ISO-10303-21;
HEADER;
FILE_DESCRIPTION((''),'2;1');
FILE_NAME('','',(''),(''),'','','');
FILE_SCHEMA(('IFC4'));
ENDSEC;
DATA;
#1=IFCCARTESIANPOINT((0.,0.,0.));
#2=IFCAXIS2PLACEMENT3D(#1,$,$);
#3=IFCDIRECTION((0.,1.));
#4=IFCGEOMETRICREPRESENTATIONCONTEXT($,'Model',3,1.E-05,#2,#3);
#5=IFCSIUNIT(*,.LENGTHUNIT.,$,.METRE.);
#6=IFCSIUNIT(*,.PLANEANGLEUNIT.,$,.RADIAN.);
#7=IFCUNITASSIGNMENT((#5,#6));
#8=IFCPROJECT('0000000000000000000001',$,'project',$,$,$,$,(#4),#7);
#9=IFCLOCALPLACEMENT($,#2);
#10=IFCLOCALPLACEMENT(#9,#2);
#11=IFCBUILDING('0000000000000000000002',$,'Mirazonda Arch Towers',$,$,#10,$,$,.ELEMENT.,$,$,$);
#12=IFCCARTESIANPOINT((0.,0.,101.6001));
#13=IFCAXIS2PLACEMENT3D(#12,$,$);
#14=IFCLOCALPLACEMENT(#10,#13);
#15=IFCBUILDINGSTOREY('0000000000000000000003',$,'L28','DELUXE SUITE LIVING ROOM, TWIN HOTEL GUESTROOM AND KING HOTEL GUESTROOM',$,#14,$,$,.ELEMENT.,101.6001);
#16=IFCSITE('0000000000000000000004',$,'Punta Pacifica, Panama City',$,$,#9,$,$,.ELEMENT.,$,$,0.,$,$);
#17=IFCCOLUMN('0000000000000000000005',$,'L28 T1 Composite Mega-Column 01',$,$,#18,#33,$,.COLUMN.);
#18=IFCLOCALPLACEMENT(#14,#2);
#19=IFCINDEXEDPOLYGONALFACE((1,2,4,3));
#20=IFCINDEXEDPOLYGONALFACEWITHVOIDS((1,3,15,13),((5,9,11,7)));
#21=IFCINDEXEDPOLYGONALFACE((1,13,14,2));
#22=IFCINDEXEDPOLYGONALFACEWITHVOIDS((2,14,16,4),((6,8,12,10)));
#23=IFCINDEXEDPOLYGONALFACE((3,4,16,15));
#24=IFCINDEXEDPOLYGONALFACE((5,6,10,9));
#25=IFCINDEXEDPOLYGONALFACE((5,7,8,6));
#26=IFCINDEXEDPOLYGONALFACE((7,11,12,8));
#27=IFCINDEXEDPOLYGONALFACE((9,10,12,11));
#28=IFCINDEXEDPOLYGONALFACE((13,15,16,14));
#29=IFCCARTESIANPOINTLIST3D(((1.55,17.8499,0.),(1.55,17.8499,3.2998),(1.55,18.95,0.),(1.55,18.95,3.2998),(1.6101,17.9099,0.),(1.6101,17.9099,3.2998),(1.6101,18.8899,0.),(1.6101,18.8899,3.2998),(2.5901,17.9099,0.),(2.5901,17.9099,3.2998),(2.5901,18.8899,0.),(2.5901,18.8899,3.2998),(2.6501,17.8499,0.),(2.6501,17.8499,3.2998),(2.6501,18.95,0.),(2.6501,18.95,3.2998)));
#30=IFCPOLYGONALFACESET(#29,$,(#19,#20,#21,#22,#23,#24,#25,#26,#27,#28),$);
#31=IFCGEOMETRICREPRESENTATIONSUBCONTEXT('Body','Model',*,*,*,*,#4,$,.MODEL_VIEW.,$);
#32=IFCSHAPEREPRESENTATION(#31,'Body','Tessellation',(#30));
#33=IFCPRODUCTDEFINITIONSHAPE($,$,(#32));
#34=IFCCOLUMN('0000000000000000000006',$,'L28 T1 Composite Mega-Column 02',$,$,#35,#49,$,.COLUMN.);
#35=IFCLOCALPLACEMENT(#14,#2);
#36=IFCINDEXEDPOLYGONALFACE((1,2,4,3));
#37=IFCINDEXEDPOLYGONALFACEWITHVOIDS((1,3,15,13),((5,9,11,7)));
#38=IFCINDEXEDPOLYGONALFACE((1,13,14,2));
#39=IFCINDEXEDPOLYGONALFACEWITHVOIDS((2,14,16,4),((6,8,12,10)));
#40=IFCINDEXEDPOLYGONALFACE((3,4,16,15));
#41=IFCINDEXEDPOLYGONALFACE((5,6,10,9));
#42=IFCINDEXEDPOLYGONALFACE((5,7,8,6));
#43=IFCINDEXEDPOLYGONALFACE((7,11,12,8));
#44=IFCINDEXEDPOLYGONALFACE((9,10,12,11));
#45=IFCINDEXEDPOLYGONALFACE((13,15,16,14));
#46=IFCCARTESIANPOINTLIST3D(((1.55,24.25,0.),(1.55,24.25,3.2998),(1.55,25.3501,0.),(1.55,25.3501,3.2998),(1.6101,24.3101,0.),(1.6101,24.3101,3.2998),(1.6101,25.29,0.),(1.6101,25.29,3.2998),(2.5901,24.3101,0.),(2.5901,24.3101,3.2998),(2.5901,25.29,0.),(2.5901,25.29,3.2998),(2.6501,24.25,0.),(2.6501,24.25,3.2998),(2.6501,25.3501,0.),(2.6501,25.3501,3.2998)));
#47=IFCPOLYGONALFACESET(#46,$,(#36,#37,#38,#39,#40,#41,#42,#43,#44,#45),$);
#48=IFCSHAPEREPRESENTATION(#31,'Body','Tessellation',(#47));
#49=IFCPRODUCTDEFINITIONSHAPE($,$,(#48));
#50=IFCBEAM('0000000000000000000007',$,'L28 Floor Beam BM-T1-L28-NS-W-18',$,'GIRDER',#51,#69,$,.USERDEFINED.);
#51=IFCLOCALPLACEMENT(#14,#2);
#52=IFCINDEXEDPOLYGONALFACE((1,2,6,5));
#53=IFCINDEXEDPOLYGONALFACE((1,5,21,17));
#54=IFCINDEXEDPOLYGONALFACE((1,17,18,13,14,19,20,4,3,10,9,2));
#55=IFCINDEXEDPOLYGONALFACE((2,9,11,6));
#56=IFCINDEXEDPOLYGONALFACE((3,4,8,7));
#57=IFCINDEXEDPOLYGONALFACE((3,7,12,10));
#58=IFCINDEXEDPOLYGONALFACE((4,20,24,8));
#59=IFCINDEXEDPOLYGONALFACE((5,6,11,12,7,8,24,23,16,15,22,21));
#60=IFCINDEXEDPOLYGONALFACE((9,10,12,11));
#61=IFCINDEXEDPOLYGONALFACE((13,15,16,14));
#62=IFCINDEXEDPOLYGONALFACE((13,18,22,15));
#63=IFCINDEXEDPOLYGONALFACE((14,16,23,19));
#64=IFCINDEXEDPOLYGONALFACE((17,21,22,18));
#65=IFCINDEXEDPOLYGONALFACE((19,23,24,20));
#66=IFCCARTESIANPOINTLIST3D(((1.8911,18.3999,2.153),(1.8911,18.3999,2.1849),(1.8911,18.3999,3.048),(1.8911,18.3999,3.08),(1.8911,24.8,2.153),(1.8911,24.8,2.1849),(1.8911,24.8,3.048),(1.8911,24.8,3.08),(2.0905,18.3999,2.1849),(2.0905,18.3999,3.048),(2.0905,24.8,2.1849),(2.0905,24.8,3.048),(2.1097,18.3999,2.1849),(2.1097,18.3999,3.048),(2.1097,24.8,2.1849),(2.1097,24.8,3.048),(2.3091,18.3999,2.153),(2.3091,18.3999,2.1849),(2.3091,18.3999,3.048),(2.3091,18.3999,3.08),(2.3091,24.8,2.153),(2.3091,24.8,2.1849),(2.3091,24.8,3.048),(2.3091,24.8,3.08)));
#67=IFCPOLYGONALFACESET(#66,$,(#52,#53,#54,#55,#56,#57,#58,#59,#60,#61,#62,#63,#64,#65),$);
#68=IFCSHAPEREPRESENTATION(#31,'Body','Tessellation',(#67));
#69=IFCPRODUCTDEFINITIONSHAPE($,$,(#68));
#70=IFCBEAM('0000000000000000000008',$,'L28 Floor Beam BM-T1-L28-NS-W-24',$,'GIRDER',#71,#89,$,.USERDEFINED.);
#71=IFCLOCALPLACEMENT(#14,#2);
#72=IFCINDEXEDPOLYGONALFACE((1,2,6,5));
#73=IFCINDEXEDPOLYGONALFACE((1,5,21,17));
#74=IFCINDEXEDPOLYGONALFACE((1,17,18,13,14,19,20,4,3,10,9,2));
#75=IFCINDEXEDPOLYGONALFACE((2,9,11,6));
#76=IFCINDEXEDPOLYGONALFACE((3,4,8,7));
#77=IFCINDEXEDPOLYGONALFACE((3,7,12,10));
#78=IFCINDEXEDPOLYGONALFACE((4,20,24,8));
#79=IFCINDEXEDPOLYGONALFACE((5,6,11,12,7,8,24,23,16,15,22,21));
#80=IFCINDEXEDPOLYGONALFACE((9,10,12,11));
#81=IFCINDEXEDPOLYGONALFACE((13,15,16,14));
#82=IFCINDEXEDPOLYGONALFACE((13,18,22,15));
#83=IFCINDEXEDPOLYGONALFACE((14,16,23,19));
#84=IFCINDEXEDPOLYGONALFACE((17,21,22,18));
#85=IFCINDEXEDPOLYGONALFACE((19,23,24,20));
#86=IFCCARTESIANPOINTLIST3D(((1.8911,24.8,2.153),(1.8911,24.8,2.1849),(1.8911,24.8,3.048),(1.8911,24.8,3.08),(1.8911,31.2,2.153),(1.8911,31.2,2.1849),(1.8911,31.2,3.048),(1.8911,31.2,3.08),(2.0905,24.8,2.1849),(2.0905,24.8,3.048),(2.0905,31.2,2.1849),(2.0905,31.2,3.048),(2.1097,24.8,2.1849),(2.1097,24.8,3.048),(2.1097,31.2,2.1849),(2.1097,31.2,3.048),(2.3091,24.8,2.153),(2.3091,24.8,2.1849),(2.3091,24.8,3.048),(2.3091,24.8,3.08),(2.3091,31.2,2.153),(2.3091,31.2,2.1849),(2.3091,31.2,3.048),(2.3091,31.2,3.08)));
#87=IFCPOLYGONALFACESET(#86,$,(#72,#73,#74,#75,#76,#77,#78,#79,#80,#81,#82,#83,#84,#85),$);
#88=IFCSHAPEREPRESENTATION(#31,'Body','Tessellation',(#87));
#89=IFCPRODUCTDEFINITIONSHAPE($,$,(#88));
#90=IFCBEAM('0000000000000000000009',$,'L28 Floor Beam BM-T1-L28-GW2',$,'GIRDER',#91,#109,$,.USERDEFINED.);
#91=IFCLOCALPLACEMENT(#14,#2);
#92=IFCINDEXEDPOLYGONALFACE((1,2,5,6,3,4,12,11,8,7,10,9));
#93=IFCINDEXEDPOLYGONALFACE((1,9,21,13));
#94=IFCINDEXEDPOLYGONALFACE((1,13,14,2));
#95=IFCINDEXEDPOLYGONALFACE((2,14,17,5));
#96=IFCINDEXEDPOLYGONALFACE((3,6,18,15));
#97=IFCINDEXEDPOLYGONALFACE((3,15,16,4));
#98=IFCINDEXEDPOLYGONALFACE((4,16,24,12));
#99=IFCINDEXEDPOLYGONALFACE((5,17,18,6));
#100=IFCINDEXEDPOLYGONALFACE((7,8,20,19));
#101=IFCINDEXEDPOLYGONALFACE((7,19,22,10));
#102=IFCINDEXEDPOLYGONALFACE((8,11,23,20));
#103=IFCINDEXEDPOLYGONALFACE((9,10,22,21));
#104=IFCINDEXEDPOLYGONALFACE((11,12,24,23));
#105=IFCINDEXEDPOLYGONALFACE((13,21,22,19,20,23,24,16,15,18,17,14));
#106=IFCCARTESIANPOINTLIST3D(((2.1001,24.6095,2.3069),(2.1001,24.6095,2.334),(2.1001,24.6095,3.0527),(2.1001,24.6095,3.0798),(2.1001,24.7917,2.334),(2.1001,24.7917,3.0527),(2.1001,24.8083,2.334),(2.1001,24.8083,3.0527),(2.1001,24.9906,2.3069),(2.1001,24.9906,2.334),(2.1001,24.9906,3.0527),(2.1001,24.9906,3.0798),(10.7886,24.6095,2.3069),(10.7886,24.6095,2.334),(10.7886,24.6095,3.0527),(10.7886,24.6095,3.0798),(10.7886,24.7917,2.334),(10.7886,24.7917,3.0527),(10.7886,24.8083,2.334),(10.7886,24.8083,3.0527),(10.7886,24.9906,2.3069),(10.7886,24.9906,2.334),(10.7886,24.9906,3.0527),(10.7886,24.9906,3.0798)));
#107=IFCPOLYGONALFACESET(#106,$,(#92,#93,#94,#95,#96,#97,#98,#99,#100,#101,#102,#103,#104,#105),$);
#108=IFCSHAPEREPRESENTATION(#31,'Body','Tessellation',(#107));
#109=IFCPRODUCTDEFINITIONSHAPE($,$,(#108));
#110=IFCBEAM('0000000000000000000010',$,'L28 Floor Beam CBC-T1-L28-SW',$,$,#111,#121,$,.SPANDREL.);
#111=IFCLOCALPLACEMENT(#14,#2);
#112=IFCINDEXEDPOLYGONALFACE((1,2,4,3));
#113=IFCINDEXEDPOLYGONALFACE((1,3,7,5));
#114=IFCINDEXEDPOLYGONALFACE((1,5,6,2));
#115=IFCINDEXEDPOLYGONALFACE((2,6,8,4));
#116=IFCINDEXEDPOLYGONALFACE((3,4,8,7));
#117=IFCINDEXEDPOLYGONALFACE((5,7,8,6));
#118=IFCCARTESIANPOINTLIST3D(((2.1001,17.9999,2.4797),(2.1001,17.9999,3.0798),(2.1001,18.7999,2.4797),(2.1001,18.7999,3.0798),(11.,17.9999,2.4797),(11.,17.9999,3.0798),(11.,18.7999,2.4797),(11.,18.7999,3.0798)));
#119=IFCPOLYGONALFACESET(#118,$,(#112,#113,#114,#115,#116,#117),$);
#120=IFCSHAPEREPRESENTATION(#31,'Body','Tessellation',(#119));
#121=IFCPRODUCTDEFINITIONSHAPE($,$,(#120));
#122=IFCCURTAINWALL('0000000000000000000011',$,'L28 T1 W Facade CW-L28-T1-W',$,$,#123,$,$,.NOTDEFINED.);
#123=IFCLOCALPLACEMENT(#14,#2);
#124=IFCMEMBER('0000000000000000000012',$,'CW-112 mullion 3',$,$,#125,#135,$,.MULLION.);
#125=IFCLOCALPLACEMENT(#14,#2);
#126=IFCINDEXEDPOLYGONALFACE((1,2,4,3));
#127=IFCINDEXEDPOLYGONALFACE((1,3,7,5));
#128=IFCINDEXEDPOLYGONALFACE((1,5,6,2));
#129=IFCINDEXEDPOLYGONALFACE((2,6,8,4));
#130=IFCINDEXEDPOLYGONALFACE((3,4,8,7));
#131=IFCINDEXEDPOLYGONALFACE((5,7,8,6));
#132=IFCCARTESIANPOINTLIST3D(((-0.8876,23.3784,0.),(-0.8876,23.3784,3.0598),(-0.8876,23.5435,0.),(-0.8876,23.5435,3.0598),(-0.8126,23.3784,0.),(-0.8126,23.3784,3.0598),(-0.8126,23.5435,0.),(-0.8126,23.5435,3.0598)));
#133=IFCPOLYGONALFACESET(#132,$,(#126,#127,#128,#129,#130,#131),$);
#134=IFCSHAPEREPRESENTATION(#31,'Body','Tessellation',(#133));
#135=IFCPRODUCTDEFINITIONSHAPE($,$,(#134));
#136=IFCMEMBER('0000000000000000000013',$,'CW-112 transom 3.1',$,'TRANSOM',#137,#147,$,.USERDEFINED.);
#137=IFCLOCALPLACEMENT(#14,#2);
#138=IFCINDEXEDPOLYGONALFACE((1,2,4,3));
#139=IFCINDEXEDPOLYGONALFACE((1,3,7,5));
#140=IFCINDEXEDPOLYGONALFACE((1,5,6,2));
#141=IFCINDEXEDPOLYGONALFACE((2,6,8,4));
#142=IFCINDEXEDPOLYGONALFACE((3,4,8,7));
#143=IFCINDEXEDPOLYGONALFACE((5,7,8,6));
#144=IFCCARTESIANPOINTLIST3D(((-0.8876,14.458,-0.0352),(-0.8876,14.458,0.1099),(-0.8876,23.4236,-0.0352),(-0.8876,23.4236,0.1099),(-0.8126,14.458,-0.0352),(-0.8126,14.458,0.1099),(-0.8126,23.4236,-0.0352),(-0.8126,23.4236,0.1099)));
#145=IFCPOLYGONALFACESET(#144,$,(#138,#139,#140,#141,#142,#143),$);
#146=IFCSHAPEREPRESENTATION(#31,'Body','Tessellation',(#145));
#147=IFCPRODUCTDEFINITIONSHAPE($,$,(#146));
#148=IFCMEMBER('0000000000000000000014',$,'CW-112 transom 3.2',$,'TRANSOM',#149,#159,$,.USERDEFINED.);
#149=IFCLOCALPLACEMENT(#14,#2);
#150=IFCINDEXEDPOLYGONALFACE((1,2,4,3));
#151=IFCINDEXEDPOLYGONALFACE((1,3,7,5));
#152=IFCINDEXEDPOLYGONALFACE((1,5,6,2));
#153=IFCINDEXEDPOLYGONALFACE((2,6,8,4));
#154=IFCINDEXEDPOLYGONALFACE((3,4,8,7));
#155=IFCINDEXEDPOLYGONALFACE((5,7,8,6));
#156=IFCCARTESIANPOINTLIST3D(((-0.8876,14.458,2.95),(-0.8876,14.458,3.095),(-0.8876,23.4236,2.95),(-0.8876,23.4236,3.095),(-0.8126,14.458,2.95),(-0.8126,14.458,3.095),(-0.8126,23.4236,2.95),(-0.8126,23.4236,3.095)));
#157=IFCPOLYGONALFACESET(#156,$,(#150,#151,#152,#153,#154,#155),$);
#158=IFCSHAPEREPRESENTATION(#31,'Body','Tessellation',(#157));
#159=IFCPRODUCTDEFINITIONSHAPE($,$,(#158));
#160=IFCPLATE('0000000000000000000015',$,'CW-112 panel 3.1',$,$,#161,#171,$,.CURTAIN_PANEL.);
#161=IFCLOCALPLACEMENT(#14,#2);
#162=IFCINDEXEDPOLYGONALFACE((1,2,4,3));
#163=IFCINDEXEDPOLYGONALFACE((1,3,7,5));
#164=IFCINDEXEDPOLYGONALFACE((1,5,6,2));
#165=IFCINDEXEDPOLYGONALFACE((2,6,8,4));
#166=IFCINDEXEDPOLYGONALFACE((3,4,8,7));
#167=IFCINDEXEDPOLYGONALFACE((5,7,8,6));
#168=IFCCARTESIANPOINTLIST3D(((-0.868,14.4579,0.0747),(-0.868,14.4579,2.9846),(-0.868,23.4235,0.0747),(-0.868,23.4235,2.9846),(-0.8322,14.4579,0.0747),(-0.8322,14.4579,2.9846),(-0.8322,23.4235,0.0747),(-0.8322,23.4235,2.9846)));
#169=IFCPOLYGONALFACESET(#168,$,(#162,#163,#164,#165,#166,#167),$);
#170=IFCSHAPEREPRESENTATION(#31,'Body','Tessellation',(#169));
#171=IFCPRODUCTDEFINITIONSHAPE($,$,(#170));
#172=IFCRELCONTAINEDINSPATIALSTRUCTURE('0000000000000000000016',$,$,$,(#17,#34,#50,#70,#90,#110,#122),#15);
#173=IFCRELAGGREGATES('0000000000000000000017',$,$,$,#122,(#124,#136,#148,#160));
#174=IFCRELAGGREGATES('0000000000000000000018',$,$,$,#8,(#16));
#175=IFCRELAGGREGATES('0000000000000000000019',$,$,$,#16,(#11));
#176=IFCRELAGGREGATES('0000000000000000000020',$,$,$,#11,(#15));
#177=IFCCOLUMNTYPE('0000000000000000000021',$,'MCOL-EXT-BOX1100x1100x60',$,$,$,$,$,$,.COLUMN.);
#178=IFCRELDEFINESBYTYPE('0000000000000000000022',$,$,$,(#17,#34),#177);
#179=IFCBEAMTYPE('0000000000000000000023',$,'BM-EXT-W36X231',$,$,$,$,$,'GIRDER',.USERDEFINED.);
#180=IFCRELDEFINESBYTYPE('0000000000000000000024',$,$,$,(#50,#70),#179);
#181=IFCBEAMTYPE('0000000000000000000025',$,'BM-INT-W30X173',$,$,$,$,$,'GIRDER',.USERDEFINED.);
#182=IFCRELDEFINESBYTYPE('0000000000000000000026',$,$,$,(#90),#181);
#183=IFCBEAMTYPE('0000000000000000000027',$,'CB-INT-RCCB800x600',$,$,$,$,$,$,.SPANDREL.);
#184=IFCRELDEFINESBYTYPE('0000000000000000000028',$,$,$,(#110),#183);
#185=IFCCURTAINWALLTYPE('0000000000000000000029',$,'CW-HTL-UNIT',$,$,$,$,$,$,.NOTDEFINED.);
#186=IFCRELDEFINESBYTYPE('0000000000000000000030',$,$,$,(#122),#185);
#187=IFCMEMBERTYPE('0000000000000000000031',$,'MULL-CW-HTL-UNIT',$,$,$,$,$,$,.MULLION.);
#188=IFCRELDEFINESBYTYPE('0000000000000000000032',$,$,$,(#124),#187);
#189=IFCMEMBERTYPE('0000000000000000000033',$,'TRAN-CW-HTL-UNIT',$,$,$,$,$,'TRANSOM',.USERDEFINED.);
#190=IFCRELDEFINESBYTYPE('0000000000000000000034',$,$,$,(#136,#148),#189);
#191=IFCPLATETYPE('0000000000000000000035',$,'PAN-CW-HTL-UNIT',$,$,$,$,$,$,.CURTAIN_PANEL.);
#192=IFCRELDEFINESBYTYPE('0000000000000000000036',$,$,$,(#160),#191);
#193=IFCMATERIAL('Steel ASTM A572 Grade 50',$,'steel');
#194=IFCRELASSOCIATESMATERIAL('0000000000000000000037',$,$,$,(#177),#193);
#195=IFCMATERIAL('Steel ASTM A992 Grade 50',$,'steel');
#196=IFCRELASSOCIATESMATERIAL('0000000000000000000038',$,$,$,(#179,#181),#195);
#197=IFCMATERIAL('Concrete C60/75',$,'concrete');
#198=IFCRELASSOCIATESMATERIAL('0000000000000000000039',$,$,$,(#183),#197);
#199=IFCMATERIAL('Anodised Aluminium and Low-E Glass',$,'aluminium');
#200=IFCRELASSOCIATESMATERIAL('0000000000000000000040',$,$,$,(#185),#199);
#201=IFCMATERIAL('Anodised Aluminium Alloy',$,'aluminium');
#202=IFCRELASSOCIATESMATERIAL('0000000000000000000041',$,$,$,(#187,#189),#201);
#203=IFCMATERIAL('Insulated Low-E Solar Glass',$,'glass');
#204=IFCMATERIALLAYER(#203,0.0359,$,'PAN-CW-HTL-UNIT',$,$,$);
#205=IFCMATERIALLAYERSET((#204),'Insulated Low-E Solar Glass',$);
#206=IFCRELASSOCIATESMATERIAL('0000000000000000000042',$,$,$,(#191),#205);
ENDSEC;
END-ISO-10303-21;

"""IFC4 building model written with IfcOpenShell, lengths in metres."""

from ifc_helpers import new_model, si_unit, direction, frame, origin, origin_2d, place, context, subcontext, project, spatial, rectangle, hollow_rectangle, i_section, extrude, material, layer, layer_set, material_profile, profile_set, type_object, element, aggregate, save


model = new_model("IFC4")

# Units and contexts
model_context = context("Model", 3, precision=1e-05, world=origin(), true_north=direction((0.0, 1.0)))
body_context = subcontext(model_context, "Body", "Model", "MODEL_VIEW")
ifc_project = project(units=[si_unit("LENGTHUNIT", "METRE"), si_unit("PLANEANGLEUNIT", "RADIAN")], contexts=[model_context])

# Site, building, storey
site_placement = place(None, origin())
site = spatial("IfcSite", under=ifc_project, at=site_placement, Name="Punta Pacifica, Panama City", CompositionType="ELEMENT", RefElevation=0.0)
building_placement = place(site_placement, origin())
building = spatial("IfcBuilding", under=site, at=building_placement, Name="Mirazonda Arch Towers", CompositionType="ELEMENT")
storey_placement = place(building_placement, frame((0.0, 0.0, 101.6001)))
storey = spatial("IfcBuildingStorey", under=building, at=storey_placement, Name="L28", Description="DELUXE SUITE LIVING ROOM, TWIN HOTEL GUESTROOM AND KING HOTEL GUESTROOM", CompositionType="ELEMENT", Elevation=101.6001)

# Columns
ifc_material_1 = material(Name="Steel ASTM A572 Grade 50", Category="steel")
ifc_material_profile_1 = material_profile(ifc_material_1, hollow_rectangle(XDim=1.1001, YDim=1.1001, WallThickness=0.0601, at=origin_2d()), Name="BOX1100x1100x60")
ifc_profile_set_1 = profile_set([ifc_material_profile_1], Name="Steel ASTM A572 Grade 50")
column_type = type_object("IfcColumnType", Name="MCOL-EXT-BOX1100x1100x60", PredefinedType="COLUMN", material=ifc_profile_set_1)
for number, where, z_axis, x_axis, name in (
    (1, (2.1001, 18.3999, 0.0), (0.0, 0.0, 1.0), (1.0, 0.0, 0.0), "L28 T1 Composite Mega-Column 01"),
    (2, (2.1001, 24.8, 0.0), (0.0, 0.0, 1.0), (1.0, 0.0, 0.0), "L28 T1 Composite Mega-Column 02"),
):
    element("IfcColumn", number, at=place(storey_placement, frame(where, z_axis=z_axis, x_axis=x_axis)), inside=storey, type_object=column_type, Name=name, PredefinedType="COLUMN", context=body_context, shape_type="SweptSolid", body=[
        extrude(hollow_rectangle(XDim=1.1001, YDim=1.1001, WallThickness=0.0601, at=origin_2d()), origin(), (0.0, 0.0, 1.0), 3.2998),
    ])

# Beams
ifc_material_2 = material(Name="Steel ASTM A992 Grade 50", Category="steel")
ifc_material_profile_2 = material_profile(ifc_material_2, i_section(OverallWidth=0.418, OverallDepth=0.927, WebThickness=0.0193, FlangeThickness=0.032, at=origin_2d()), Name="W36X231")
ifc_profile_set_2 = profile_set([ifc_material_profile_2], Name="Steel ASTM A992 Grade 50")
beam_type_1 = type_object("IfcBeamType", Name="BM-EXT-W36X231", ElementType="GIRDER", PredefinedType="USERDEFINED", material=ifc_profile_set_2)
beam_1_placement = place(storey_placement, frame((2.1001, 18.3999, 2.6165), z_axis=(0.0, 1.0, 0.0), x_axis=(-1.0, 0.0, 0.0)))
element("IfcBeam", 3, at=beam_1_placement, inside=storey, type_object=beam_type_1, Name="L28 Floor Beam BM-T1-L28-NS-W-18", ObjectType="GIRDER", PredefinedType="USERDEFINED", context=body_context, shape_type="SweptSolid", body=[
    extrude(i_section(OverallWidth=0.418, OverallDepth=0.927, WebThickness=0.0193, FlangeThickness=0.032, at=origin_2d()), origin(), (0.0, 0.0, 1.0), 6.4001),
])
beam_2_placement = place(storey_placement, frame((2.1001, 24.8, 2.6165), z_axis=(0.0, 1.0, 0.0), x_axis=(-1.0, 0.0, 0.0)))
element("IfcBeam", 4, at=beam_2_placement, inside=storey, type_object=beam_type_1, Name="L28 Floor Beam BM-T1-L28-NS-W-24", ObjectType="GIRDER", PredefinedType="USERDEFINED", context=body_context, shape_type="SweptSolid", body=[
    extrude(i_section(OverallWidth=0.418, OverallDepth=0.927, WebThickness=0.0193, FlangeThickness=0.032, at=origin_2d()), origin(), (0.0, 0.0, 1.0), 6.3999),
])
ifc_material_profile_3 = material_profile(ifc_material_2, i_section(OverallWidth=0.3811, OverallDepth=0.7729, WebThickness=0.0166, FlangeThickness=0.0271, at=origin_2d()), Name="W30X173")
ifc_profile_set_3 = profile_set([ifc_material_profile_3], Name="Steel ASTM A992 Grade 50")
beam_type_2 = type_object("IfcBeamType", Name="BM-INT-W30X173", ElementType="GIRDER", PredefinedType="USERDEFINED", material=ifc_profile_set_3)
beam_3_placement = place(storey_placement, frame((2.1001, 24.8, 2.6934), z_axis=(1.0, 0.0, 0.0), x_axis=(0.0, 1.0, 0.0)))
element("IfcBeam", 5, at=beam_3_placement, inside=storey, type_object=beam_type_2, Name="L28 Floor Beam BM-T1-L28-GW2", ObjectType="GIRDER", PredefinedType="USERDEFINED", context=body_context, shape_type="SweptSolid", body=[
    extrude(i_section(OverallWidth=0.3811, OverallDepth=0.7729, WebThickness=0.0166, FlangeThickness=0.0271, at=origin_2d()), origin(), (0.0, 0.0, 1.0), 8.6885),
])
ifc_material_3 = material(Name="Concrete C60/75", Category="concrete")
ifc_material_profile_4 = material_profile(ifc_material_3, rectangle(XDim=0.8, YDim=0.6001, at=origin_2d()), Name="RCCB800x600")
ifc_profile_set_4 = profile_set([ifc_material_profile_4], Name="Concrete C60/75")
beam_type_3 = type_object("IfcBeamType", Name="CB-INT-RCCB800x600", PredefinedType="SPANDREL", material=ifc_profile_set_4)
beam_4_placement = place(storey_placement, frame((2.1001, 18.3999, 2.7798), z_axis=(1.0, 0.0, 0.0), x_axis=(0.0, 1.0, 0.0)))
element("IfcBeam", 6, at=beam_4_placement, inside=storey, type_object=beam_type_3, Name="L28 Floor Beam CBC-T1-L28-SW", PredefinedType="SPANDREL", context=body_context, shape_type="SweptSolid", body=[
    extrude(rectangle(XDim=0.8, YDim=0.6001, at=origin_2d()), origin(), (0.0, 0.0, 1.0), 8.8999),
])

# Curtain wall, members, plate
ifc_material_4 = material(Name="Anodised Aluminium and Low-E Glass", Category="aluminium")
curtain_wall_type = type_object("IfcCurtainWallType", Name="CW-HTL-UNIT", PredefinedType="NOTDEFINED", material=ifc_material_4)
curtain_wall_placement = place(storey_placement, origin())
curtain_wall = element("IfcCurtainWall", 7, at=curtain_wall_placement, inside=storey, type_object=curtain_wall_type, Name="L28 T1 W Facade CW-L28-T1-W", PredefinedType="NOTDEFINED")
ifc_material_5 = material(Name="Anodised Aluminium Alloy", Category="aluminium")
ifc_material_profile_5 = material_profile(ifc_material_5, rectangle(XDim=0.075, YDim=0.165, at=origin_2d()), Name="ALU-MULL-75x165")
ifc_profile_set_5 = profile_set([ifc_material_profile_5], Name="Anodised Aluminium Alloy")
member_type_1 = type_object("IfcMemberType", Name="MULL-CW-HTL-UNIT", PredefinedType="MULLION", material=ifc_profile_set_5)
member_1_placement = place(storey_placement, frame((-0.8501, 23.4609, 0.0), z_axis=(0.0, 0.0, 1.0), x_axis=(1.0, 0.0, 0.0)))
member_1 = element("IfcMember", 8, at=member_1_placement, type_object=member_type_1, Name="CW-112 mullion 3", PredefinedType="MULLION", context=body_context, shape_type="SweptSolid", body=[
    extrude(rectangle(XDim=0.075, YDim=0.165, at=origin_2d()), origin(), (0.0, 0.0, 1.0), 3.0598),
])
ifc_material_profile_6 = material_profile(ifc_material_5, rectangle(XDim=0.075, YDim=0.145, at=origin_2d()), Name="ALU-TRAN-75x145")
ifc_profile_set_6 = profile_set([ifc_material_profile_6], Name="Anodised Aluminium Alloy")
member_type_2 = type_object("IfcMemberType", Name="TRAN-CW-HTL-UNIT", ElementType="TRANSOM", PredefinedType="USERDEFINED", material=ifc_profile_set_6)
member_2_placement = place(storey_placement, frame((-0.8501, 23.4236, 0.0374), z_axis=(0.0, -1.0, 0.0), x_axis=(1.0, 0.0, 0.0)))
member_2 = element("IfcMember", 9, at=member_2_placement, type_object=member_type_2, Name="CW-112 transom 3.1", ObjectType="TRANSOM", PredefinedType="USERDEFINED", context=body_context, shape_type="SweptSolid", body=[
    extrude(rectangle(XDim=0.075, YDim=0.145, at=origin_2d()), origin(), (0.0, 0.0, 1.0), 8.9656),
])
member_3_placement = place(storey_placement, frame((-0.8501, 23.4236, 3.0225), z_axis=(0.0, -1.0, 0.0), x_axis=(1.0, 0.0, 0.0)))
member_3 = element("IfcMember", 10, at=member_3_placement, type_object=member_type_2, Name="CW-112 transom 3.2", ObjectType="TRANSOM", PredefinedType="USERDEFINED", context=body_context, shape_type="SweptSolid", body=[
    extrude(rectangle(XDim=0.075, YDim=0.145, at=origin_2d()), origin(), (0.0, 0.0, 1.0), 8.9656),
])
ifc_material_6 = material(Name="Insulated Low-E Solar Glass", Category="glass")
ifc_layer_1 = layer(ifc_material_6, 0.0359, Name="PAN-CW-HTL-UNIT")
ifc_layer_set_1 = layer_set([ifc_layer_1], Name="Insulated Low-E Solar Glass")
plate_type = type_object("IfcPlateType", Name="PAN-CW-HTL-UNIT", PredefinedType="CURTAIN_PANEL", material=ifc_layer_set_1)
plate_placement = place(storey_placement, frame((-0.8501, 18.9407, 0.0747), z_axis=(0.0, 0.0, 1.0), x_axis=(0.0, -1.0, 0.0)))
plate = element("IfcPlate", 11, at=plate_placement, type_object=plate_type, Name="CW-112 panel 3.1", PredefinedType="CURTAIN_PANEL", context=body_context, shape_type="SweptSolid", body=[
    extrude(rectangle(XDim=8.9656, YDim=0.0359, at=origin_2d()), origin(), (0.0, 0.0, 1.0), 2.9099),
])
aggregate(curtain_wall, [member_1, member_2, member_3, plate])

save(model, "model.ifc")
